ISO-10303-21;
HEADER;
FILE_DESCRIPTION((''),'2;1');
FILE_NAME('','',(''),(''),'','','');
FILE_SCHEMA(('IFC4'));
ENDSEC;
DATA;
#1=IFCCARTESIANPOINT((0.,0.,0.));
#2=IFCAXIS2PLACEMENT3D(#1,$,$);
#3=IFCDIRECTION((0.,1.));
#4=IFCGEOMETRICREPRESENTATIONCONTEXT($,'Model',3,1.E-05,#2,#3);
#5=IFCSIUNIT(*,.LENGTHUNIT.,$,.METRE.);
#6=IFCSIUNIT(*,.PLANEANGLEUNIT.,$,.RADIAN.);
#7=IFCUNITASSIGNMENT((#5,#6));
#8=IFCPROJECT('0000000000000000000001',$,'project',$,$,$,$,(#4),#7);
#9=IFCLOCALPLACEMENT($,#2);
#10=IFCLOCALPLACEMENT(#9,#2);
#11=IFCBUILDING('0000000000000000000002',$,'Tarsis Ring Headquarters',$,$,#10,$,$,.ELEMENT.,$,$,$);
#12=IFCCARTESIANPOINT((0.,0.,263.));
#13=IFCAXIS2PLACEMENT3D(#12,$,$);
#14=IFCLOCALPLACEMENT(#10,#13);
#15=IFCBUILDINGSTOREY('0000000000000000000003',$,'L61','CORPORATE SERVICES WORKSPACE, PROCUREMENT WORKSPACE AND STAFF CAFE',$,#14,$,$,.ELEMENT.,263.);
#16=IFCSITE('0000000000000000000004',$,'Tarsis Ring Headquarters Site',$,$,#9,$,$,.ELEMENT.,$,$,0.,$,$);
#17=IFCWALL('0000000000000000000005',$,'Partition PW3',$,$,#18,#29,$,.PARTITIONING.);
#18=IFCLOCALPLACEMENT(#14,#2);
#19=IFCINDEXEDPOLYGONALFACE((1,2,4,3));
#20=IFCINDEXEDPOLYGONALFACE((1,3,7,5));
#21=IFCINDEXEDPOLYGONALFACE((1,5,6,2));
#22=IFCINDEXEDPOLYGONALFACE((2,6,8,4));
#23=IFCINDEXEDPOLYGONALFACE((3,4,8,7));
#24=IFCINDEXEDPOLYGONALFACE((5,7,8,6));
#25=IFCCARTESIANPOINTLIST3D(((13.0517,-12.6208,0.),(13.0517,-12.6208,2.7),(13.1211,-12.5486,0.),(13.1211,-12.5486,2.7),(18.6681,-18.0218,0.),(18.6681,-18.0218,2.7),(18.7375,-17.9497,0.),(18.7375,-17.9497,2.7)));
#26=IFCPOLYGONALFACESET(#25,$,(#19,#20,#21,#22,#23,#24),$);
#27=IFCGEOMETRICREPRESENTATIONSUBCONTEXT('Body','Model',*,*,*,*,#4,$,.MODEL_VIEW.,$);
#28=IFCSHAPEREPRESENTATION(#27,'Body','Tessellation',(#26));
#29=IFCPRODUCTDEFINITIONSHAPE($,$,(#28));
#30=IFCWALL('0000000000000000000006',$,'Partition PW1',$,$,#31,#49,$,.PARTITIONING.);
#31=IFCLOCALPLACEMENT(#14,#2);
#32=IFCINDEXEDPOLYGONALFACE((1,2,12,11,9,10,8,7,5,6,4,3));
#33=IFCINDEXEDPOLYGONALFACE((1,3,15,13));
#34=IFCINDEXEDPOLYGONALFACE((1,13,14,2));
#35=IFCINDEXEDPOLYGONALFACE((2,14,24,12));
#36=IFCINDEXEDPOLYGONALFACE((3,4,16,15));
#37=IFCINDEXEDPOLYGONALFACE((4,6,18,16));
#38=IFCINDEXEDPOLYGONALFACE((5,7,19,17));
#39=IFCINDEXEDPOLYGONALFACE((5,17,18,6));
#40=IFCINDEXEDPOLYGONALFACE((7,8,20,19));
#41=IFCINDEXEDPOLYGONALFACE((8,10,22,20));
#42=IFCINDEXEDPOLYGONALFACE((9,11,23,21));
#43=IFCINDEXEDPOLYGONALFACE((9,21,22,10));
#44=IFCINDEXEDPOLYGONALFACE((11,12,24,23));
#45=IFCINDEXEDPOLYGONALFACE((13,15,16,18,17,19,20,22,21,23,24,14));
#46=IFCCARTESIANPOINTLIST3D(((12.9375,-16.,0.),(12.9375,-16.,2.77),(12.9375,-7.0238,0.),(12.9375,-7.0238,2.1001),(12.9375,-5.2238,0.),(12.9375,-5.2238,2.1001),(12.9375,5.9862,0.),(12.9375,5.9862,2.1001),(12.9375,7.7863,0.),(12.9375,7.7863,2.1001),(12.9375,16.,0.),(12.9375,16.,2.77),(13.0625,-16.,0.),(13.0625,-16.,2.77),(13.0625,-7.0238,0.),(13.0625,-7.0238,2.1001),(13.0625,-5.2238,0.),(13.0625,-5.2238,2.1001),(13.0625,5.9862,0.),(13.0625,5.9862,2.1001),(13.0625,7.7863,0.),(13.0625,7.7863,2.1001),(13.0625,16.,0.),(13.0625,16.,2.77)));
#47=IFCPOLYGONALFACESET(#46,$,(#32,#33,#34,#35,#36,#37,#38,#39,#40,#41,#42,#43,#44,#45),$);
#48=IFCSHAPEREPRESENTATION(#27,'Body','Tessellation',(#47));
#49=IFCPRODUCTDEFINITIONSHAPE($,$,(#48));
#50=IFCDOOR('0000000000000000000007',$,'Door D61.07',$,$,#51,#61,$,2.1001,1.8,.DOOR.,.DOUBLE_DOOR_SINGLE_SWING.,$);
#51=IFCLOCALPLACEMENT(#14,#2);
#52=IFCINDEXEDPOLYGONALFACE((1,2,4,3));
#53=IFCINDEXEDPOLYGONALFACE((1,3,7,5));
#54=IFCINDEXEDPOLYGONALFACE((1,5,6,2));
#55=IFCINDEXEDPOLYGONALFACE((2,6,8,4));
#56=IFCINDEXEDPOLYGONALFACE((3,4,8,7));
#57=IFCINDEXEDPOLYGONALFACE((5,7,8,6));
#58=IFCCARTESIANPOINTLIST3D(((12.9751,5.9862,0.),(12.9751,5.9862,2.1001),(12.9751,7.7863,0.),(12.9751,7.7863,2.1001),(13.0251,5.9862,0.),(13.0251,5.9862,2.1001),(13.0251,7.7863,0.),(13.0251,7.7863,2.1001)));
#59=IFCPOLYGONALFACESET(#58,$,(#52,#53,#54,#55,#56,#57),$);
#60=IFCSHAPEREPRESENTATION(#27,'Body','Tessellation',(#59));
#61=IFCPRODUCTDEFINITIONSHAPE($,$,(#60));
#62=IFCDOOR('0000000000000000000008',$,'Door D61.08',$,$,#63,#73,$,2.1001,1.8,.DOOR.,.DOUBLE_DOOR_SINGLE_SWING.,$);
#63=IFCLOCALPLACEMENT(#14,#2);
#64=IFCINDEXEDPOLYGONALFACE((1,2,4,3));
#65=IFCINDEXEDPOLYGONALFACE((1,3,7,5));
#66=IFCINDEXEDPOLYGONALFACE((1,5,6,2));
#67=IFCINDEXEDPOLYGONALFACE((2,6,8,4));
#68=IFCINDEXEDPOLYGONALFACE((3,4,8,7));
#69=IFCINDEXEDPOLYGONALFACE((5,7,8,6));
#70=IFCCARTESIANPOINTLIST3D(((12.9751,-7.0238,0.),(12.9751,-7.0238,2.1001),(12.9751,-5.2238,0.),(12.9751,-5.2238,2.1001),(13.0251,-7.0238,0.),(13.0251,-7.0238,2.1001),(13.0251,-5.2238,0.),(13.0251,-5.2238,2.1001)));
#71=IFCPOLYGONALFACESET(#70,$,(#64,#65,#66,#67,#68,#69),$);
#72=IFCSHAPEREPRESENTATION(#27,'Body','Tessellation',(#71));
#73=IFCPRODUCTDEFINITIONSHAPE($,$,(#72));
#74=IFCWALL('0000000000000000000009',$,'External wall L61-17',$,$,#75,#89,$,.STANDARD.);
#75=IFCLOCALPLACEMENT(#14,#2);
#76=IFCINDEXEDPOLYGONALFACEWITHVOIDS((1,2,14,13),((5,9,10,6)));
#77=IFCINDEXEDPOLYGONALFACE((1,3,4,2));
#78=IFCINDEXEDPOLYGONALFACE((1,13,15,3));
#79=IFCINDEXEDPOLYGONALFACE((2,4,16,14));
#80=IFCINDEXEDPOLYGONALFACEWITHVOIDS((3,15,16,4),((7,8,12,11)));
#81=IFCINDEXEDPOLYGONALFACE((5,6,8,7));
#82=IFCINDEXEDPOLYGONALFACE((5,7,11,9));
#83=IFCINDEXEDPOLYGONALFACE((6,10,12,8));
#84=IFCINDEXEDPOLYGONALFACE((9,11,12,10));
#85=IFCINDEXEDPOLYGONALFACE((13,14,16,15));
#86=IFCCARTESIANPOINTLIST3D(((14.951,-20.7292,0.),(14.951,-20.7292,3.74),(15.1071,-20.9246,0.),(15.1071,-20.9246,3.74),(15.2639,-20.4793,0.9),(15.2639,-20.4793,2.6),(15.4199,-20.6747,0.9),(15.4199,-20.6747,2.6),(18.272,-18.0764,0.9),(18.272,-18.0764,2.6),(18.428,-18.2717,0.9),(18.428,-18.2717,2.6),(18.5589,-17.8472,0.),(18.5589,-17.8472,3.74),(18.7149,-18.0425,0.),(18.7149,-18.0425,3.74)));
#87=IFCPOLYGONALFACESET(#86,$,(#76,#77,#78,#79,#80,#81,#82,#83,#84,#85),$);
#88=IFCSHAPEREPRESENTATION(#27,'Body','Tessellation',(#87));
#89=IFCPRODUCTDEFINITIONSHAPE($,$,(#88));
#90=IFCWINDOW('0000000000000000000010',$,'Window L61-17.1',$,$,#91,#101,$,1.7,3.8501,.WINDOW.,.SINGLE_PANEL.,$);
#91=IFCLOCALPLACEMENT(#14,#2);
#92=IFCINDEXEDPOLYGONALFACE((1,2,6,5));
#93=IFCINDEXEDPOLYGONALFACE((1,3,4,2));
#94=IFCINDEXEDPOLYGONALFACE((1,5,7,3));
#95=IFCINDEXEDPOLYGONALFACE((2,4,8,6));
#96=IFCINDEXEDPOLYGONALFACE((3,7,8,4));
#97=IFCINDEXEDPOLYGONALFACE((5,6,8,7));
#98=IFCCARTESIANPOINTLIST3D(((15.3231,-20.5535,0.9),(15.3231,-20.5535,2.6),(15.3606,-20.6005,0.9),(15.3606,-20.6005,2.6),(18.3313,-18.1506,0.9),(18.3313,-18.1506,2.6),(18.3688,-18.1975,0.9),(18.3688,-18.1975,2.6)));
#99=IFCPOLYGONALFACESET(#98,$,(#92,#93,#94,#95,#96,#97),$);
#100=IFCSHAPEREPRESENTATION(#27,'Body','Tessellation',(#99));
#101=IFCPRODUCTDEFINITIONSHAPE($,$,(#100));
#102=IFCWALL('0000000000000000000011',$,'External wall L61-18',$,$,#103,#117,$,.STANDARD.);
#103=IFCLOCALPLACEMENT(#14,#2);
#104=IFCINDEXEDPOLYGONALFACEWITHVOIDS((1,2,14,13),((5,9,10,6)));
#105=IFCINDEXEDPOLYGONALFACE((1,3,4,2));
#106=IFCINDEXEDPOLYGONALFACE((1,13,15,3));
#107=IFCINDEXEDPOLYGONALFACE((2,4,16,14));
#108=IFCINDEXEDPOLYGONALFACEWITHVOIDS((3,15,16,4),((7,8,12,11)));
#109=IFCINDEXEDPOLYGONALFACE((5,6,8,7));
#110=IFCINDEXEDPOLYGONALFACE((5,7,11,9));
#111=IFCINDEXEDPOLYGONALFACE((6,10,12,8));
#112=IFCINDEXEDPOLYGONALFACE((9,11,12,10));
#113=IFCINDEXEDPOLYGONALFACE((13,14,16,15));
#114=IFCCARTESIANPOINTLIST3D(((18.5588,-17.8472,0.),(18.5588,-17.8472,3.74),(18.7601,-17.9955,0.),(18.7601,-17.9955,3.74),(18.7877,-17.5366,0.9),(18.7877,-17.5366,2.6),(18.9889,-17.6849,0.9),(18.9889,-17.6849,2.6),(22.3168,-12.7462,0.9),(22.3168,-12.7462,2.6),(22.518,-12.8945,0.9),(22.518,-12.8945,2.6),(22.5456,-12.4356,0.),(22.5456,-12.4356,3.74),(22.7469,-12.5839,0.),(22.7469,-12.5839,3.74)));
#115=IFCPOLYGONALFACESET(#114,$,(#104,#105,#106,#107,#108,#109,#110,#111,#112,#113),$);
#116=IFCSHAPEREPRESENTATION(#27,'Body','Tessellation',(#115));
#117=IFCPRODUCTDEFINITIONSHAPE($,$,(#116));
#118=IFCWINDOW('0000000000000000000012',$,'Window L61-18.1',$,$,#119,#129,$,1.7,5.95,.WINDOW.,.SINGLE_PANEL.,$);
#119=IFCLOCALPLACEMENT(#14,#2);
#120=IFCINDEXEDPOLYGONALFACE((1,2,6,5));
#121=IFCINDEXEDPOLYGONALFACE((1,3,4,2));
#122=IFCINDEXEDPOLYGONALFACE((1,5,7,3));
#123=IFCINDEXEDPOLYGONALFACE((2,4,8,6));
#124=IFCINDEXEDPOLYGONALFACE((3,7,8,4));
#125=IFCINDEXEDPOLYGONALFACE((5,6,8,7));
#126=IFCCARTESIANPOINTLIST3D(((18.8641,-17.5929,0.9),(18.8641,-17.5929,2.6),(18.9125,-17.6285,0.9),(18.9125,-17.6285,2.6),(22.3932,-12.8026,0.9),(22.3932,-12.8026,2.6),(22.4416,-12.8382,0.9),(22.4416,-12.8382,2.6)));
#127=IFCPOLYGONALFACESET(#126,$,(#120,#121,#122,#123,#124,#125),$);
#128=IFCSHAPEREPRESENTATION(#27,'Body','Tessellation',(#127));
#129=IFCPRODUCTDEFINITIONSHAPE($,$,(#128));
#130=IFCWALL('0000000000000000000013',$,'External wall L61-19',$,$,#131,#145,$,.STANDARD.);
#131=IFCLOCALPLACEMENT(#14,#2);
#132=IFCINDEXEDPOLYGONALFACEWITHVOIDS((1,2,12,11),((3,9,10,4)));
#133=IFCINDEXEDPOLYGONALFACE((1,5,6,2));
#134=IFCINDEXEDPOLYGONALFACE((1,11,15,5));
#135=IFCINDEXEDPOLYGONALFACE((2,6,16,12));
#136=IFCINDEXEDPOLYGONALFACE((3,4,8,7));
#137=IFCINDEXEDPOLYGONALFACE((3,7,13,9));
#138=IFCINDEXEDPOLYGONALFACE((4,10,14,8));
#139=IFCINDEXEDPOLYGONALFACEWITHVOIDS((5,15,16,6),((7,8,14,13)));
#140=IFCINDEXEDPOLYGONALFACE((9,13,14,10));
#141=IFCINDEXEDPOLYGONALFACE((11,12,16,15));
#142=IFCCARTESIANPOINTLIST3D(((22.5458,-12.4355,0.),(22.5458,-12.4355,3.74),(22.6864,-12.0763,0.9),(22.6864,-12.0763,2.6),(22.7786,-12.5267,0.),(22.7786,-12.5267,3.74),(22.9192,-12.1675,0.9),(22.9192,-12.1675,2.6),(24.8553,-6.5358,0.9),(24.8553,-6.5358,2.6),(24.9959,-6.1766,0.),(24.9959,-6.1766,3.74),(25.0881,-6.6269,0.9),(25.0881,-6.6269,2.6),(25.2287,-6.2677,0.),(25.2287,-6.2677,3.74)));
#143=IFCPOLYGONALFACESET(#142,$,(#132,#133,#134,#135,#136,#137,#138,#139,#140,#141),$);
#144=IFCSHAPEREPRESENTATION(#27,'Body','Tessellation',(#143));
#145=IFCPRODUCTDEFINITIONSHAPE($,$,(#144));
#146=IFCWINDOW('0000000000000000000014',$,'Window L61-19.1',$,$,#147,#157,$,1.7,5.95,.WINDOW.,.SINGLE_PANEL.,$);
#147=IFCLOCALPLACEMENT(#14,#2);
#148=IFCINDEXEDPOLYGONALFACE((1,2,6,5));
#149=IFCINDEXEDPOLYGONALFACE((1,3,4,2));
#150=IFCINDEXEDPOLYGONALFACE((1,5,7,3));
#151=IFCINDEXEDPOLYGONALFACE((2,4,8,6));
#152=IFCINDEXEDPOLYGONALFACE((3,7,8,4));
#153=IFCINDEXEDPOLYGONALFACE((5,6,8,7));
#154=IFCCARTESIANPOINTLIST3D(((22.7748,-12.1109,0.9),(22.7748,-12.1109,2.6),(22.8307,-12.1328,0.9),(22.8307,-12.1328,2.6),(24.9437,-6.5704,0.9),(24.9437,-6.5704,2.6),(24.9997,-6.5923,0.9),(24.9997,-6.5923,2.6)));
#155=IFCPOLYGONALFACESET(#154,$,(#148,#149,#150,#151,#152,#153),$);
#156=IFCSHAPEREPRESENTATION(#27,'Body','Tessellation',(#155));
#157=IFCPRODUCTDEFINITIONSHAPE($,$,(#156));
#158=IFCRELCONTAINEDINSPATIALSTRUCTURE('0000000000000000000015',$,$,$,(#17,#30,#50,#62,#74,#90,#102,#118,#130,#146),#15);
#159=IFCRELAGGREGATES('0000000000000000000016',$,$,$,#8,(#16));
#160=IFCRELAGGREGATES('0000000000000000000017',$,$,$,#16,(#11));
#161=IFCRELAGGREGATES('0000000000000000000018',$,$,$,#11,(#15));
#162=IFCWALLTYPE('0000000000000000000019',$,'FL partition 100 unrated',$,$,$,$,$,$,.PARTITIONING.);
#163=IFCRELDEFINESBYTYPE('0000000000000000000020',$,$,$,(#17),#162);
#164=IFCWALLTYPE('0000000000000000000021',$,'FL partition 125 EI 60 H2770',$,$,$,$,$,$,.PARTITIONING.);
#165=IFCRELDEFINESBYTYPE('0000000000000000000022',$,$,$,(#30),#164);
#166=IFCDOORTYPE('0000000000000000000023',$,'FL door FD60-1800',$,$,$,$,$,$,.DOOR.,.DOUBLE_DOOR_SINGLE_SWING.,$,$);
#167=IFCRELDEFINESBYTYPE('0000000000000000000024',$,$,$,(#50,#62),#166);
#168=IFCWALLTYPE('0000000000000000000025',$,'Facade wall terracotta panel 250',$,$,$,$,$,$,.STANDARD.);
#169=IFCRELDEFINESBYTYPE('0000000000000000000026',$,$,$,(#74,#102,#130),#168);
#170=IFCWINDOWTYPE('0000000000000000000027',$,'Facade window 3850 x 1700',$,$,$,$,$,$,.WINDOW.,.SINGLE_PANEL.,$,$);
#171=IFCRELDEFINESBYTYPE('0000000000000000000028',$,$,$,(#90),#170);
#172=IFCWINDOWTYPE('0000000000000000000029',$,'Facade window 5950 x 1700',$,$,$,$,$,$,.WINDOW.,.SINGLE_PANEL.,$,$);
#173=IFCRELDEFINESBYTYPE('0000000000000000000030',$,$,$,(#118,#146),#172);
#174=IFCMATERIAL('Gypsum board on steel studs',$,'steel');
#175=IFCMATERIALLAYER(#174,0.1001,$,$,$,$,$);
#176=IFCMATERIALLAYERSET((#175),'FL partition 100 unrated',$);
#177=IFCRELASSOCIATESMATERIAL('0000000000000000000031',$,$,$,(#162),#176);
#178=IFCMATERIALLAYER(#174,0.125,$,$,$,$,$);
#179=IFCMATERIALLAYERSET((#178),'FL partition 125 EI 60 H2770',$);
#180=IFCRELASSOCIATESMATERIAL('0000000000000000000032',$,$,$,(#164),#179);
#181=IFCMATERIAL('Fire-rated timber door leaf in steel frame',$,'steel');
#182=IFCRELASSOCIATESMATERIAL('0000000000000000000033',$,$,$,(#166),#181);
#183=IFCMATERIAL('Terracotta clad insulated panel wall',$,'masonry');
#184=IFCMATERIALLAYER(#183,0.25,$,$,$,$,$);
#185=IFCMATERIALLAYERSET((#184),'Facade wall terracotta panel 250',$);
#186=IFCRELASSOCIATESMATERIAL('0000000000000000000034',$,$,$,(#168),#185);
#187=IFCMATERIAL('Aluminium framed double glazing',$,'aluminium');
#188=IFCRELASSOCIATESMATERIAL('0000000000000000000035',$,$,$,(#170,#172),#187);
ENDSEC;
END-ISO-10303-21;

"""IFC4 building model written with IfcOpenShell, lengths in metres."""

from ifc_helpers import new_model, si_unit, direction, frame, frame_2d, origin, place, context, subcontext, project, spatial, rectangle, extrude, material, layer, layer_set, type_object, element, fill, save


model = new_model("IFC4")

# Units and contexts
model_context = context("Model", 3, precision=1e-05, world=origin(), true_north=direction((0.0, 1.0)))
body_context = subcontext(model_context, "Body", "Model", "MODEL_VIEW")
ifc_project = project(units=[si_unit("LENGTHUNIT", "METRE"), si_unit("PLANEANGLEUNIT", "RADIAN")], contexts=[model_context])

# Site, building, storey
site_placement = place(None, origin())
site = spatial("IfcSite", under=ifc_project, at=site_placement, Name="Tarsis Ring Headquarters Site", CompositionType="ELEMENT", RefElevation=0.0)
building_placement = place(site_placement, origin())
building = spatial("IfcBuilding", under=site, at=building_placement, Name="Tarsis Ring Headquarters", CompositionType="ELEMENT")
storey_placement = place(building_placement, frame((0.0, 0.0, 263.0)))
storey = spatial("IfcBuildingStorey", under=building, at=storey_placement, Name="L61", Description="CORPORATE SERVICES WORKSPACE, PROCUREMENT WORKSPACE AND STAFF CAFE", CompositionType="ELEMENT", Elevation=263.0)

# Wall
ifc_material_1 = material(Name="Gypsum board on steel studs", Category="steel")
ifc_layer_1 = layer(ifc_material_1, 0.1001)
ifc_layer_set_1 = layer_set([ifc_layer_1], Name="FL partition 100 unrated")
wall_type_1 = type_object("IfcWallType", Name="FL partition 100 unrated", PredefinedType="PARTITIONING", material=ifc_layer_set_1)
wall_1_placement = place(storey_placement, frame((13.0864, -12.5847, 0.0), z_axis=(0.0, 0.0, 1.0), x_axis=(0.720789, -0.693154, 0.0)))
element("IfcWall", 1, at=wall_1_placement, inside=storey, type_object=wall_type_1, Name="Partition PW3", PredefinedType="PARTITIONING", context=body_context, shape_type="SweptSolid", body=[
    extrude(rectangle(XDim=7.792, YDim=0.1001, at=frame_2d((3.896, 0.0))), origin(), (0.0, 0.0, 1.0), 2.7),
])

# Wall, openings, doors
ifc_layer_2 = layer(ifc_material_1, 0.125)
ifc_layer_set_2 = layer_set([ifc_layer_2], Name="FL partition 125 EI 60 H2770")
wall_type_2 = type_object("IfcWallType", Name="FL partition 125 EI 60 H2770", PredefinedType="PARTITIONING", material=ifc_layer_set_2)
wall_2_placement = place(storey_placement, frame((13.0, -16.0, 0.0), z_axis=(0.0, 0.0, 1.0), x_axis=(0.0, 1.0, 0.0)))
wall_2 = element("IfcWall", 2, at=wall_2_placement, inside=storey, type_object=wall_type_2, Name="Partition PW1", PredefinedType="PARTITIONING", context=body_context, shape_type="SweptSolid", body=[
    extrude(rectangle(XDim=32.0, YDim=0.125, at=frame_2d((16.0, 0.0))), origin(), (0.0, 0.0, 1.0), 2.77),
])
opening_1_placement = place(wall_2_placement, frame((21.9863, 0.0, 0.0)))
opening_1 = element("IfcOpeningElement", 3, at=opening_1_placement, cuts=wall_2, PredefinedType="OPENING", context=body_context, shape_type="SweptSolid", body=[
    extrude(rectangle(XDim=1.8, YDim=2.1001, at=frame_2d((0.8999, 1.05))), frame((0.0, 0.0725, 0.0), z_axis=(0.0, -1.0, 0.0), x_axis=(1.0, 0.0, 0.0)), (0.0, 0.0, 1.0), 0.145),
])
opening_2_placement = place(wall_2_placement, frame((8.9763, 0.0, 0.0)))
opening_2 = element("IfcOpeningElement", 4, at=opening_2_placement, cuts=wall_2, PredefinedType="OPENING", context=body_context, shape_type="SweptSolid", body=[
    extrude(rectangle(XDim=1.8, YDim=2.1001, at=frame_2d((0.8999, 1.05))), frame((0.0, 0.0725, 0.0), z_axis=(0.0, -1.0, 0.0), x_axis=(1.0, 0.0, 0.0)), (0.0, 0.0, 1.0), 0.145),
])
ifc_material_2 = material(Name="Fire-rated timber door leaf in steel frame", Category="steel")
door_type = type_object("IfcDoorType", Name="FL door FD60-1800", OperationType="DOUBLE_DOOR_SINGLE_SWING", PredefinedType="DOOR", material=ifc_material_2)
door_1_placement = place(opening_1_placement, origin())
door_1 = element("IfcDoor", 5, at=door_1_placement, inside=storey, type_object=door_type, Name="Door D61.07", OperationType="DOUBLE_DOOR_SINGLE_SWING", OverallHeight=2.1001, OverallWidth=1.8, PredefinedType="DOOR", context=body_context, shape_type="SweptSolid", body=[
    extrude(rectangle(XDim=1.8, YDim=2.1001, at=frame_2d((0.8999, 1.05))), frame((0.0, 0.0249, 0.0), z_axis=(0.0, -1.0, 0.0), x_axis=(1.0, 0.0, 0.0)), (0.0, 0.0, 1.0), 0.05),
])
fill(opening_1, door_1)
door_2_placement = place(opening_2_placement, origin())
door_2 = element("IfcDoor", 6, at=door_2_placement, inside=storey, type_object=door_type, Name="Door D61.08", OperationType="DOUBLE_DOOR_SINGLE_SWING", OverallHeight=2.1001, OverallWidth=1.8, PredefinedType="DOOR", context=body_context, shape_type="SweptSolid", body=[
    extrude(rectangle(XDim=1.8, YDim=2.1001, at=frame_2d((0.8999, 1.05))), frame((0.0, 0.0249, 0.0), z_axis=(0.0, -1.0, 0.0), x_axis=(1.0, 0.0, 0.0)), (0.0, 0.0, 1.0), 0.05),
])
fill(opening_2, door_2)

# Walls, openings, windows
ifc_material_3 = material(Name="Terracotta clad insulated panel wall", Category="masonry")
ifc_layer_3 = layer(ifc_material_3, 0.25)
ifc_layer_set_3 = layer_set([ifc_layer_3], Name="Facade wall terracotta panel 250")
wall_type_3 = type_object("IfcWallType", Name="Facade wall terracotta panel 250", PredefinedType="STANDARD", material=ifc_layer_set_3)
wall_3_placement = place(storey_placement, frame((15.0291, -20.8269, 0.0), z_axis=(0.0, 0.0, 1.0), x_axis=(0.781317, 0.624134, 0.0)))
wall_3 = element("IfcWall", 7, at=wall_3_placement, inside=storey, type_object=wall_type_3, Name="External wall L61-17", PredefinedType="STANDARD", context=body_context, shape_type="SweptSolid", body=[
    extrude(rectangle(XDim=4.6177, YDim=0.25, at=frame_2d((2.3088, 0.0))), origin(), (0.0, 0.0, 1.0), 3.74),
])
opening_3_placement = place(wall_3_placement, frame((0.4004, 0.0, 0.8999)))
opening_3 = element("IfcOpeningElement", 8, at=opening_3_placement, cuts=wall_3, PredefinedType="OPENING", context=body_context, shape_type="SweptSolid", body=[
    extrude(rectangle(XDim=3.8501, YDim=1.7, at=frame_2d((1.925, 0.8501))), frame((0.0, 0.135, 0.0), z_axis=(0.0, -1.0, 0.0), x_axis=(1.0, 0.0, 0.0)), (0.0, 0.0, 1.0), 0.27),
])
ifc_material_4 = material(Name="Aluminium framed double glazing", Category="aluminium")
window_type_1 = type_object("IfcWindowType", Name="Facade window 3850 x 1700", PartitioningType="SINGLE_PANEL", PredefinedType="WINDOW", material=ifc_material_4)
window_1_placement = place(opening_3_placement, origin())
window_1 = element("IfcWindow", 9, at=window_1_placement, inside=storey, type_object=window_type_1, Name="Window L61-17.1", OverallHeight=1.7, OverallWidth=3.8501, PartitioningType="SINGLE_PANEL", PredefinedType="WINDOW", context=body_context, shape_type="SweptSolid", body=[
    extrude(rectangle(XDim=3.8501, YDim=1.7, at=frame_2d((1.925, 0.8501))), frame((0.0, 0.03, 0.0), z_axis=(0.0, -1.0, 0.0), x_axis=(1.0, 0.0, 0.0)), (0.0, 0.0, 1.0), 0.0601),
])
fill(opening_3, window_1)
wall_4_placement = place(storey_placement, frame((18.6594, -17.9214, 0.0), z_axis=(0.0, 0.0, 1.0), x_axis=(0.593132, 0.805105, 0.0)))
wall_4 = element("IfcWall", 10, at=wall_4_placement, inside=storey, type_object=wall_type_3, Name="External wall L61-18", PredefinedType="STANDARD", context=body_context, shape_type="SweptSolid", body=[
    extrude(rectangle(XDim=6.7217, YDim=0.25, at=frame_2d((3.3608, 0.0))), origin(), (0.0, 0.0, 1.0), 3.74),
])
opening_4_placement = place(wall_4_placement, frame((0.3857, 0.0, 0.8999)))
opening_4 = element("IfcOpeningElement", 11, at=opening_4_placement, cuts=wall_4, PredefinedType="OPENING", context=body_context, shape_type="SweptSolid", body=[
    extrude(rectangle(XDim=5.95, YDim=1.7, at=frame_2d((2.9751, 0.8501))), frame((0.0, 0.135, 0.0), z_axis=(0.0, -1.0, 0.0), x_axis=(1.0, 0.0, 0.0)), (0.0, 0.0, 1.0), 0.27),
])
window_type_2 = type_object("IfcWindowType", Name="Facade window 5950 x 1700", PartitioningType="SINGLE_PANEL", PredefinedType="WINDOW", material=ifc_material_4)
window_2_placement = place(opening_4_placement, origin())
window_2 = element("IfcWindow", 12, at=window_2_placement, inside=storey, type_object=window_type_2, Name="Window L61-18.1", OverallHeight=1.7, OverallWidth=5.95, PartitioningType="SINGLE_PANEL", PredefinedType="WINDOW", context=body_context, shape_type="SweptSolid", body=[
    extrude(rectangle(XDim=5.95, YDim=1.7, at=frame_2d((2.9751, 0.8501))), frame((0.0, 0.03, 0.0), z_axis=(0.0, -1.0, 0.0), x_axis=(1.0, 0.0, 0.0)), (0.0, 0.0, 1.0), 0.0601),
])
fill(opening_4, window_2)
wall_5_placement = place(storey_placement, frame((22.6621, -12.4812, 0.0), z_axis=(0.0, 0.0, 1.0), x_axis=(0.364529, 0.931192, 0.0)))
wall_5 = element("IfcWall", 13, at=wall_5_placement, inside=storey, type_object=wall_type_3, Name="External wall L61-19", PredefinedType="STANDARD", context=body_context, shape_type="SweptSolid", body=[
    extrude(rectangle(XDim=6.7214, YDim=0.25, at=frame_2d((3.3608, 0.0))), origin(), (0.0, 0.0, 1.0), 3.74),
])
opening_5_placement = place(wall_5_placement, frame((0.3857, 0.0, 0.8999)))
opening_5 = element("IfcOpeningElement", 14, at=opening_5_placement, cuts=wall_5, PredefinedType="OPENING", context=body_context, shape_type="SweptSolid", body=[
    extrude(rectangle(XDim=5.95, YDim=1.7, at=frame_2d((2.9751, 0.8501))), frame((0.0, 0.135, 0.0), z_axis=(0.0, -1.0, 0.0), x_axis=(1.0, 0.0, 0.0)), (0.0, 0.0, 1.0), 0.27),
])
window_3_placement = place(opening_5_placement, origin())
window_3 = element("IfcWindow", 15, at=window_3_placement, inside=storey, type_object=window_type_2, Name="Window L61-19.1", OverallHeight=1.7, OverallWidth=5.95, PartitioningType="SINGLE_PANEL", PredefinedType="WINDOW", context=body_context, shape_type="SweptSolid", body=[
    extrude(rectangle(XDim=5.95, YDim=1.7, at=frame_2d((2.9751, 0.8501))), frame((0.0, 0.03, 0.0), z_axis=(0.0, -1.0, 0.0), x_axis=(1.0, 0.0, 0.0)), (0.0, 0.0, 1.0), 0.0601),
])
fill(opening_5, window_3)

save(model, "model.ifc")
